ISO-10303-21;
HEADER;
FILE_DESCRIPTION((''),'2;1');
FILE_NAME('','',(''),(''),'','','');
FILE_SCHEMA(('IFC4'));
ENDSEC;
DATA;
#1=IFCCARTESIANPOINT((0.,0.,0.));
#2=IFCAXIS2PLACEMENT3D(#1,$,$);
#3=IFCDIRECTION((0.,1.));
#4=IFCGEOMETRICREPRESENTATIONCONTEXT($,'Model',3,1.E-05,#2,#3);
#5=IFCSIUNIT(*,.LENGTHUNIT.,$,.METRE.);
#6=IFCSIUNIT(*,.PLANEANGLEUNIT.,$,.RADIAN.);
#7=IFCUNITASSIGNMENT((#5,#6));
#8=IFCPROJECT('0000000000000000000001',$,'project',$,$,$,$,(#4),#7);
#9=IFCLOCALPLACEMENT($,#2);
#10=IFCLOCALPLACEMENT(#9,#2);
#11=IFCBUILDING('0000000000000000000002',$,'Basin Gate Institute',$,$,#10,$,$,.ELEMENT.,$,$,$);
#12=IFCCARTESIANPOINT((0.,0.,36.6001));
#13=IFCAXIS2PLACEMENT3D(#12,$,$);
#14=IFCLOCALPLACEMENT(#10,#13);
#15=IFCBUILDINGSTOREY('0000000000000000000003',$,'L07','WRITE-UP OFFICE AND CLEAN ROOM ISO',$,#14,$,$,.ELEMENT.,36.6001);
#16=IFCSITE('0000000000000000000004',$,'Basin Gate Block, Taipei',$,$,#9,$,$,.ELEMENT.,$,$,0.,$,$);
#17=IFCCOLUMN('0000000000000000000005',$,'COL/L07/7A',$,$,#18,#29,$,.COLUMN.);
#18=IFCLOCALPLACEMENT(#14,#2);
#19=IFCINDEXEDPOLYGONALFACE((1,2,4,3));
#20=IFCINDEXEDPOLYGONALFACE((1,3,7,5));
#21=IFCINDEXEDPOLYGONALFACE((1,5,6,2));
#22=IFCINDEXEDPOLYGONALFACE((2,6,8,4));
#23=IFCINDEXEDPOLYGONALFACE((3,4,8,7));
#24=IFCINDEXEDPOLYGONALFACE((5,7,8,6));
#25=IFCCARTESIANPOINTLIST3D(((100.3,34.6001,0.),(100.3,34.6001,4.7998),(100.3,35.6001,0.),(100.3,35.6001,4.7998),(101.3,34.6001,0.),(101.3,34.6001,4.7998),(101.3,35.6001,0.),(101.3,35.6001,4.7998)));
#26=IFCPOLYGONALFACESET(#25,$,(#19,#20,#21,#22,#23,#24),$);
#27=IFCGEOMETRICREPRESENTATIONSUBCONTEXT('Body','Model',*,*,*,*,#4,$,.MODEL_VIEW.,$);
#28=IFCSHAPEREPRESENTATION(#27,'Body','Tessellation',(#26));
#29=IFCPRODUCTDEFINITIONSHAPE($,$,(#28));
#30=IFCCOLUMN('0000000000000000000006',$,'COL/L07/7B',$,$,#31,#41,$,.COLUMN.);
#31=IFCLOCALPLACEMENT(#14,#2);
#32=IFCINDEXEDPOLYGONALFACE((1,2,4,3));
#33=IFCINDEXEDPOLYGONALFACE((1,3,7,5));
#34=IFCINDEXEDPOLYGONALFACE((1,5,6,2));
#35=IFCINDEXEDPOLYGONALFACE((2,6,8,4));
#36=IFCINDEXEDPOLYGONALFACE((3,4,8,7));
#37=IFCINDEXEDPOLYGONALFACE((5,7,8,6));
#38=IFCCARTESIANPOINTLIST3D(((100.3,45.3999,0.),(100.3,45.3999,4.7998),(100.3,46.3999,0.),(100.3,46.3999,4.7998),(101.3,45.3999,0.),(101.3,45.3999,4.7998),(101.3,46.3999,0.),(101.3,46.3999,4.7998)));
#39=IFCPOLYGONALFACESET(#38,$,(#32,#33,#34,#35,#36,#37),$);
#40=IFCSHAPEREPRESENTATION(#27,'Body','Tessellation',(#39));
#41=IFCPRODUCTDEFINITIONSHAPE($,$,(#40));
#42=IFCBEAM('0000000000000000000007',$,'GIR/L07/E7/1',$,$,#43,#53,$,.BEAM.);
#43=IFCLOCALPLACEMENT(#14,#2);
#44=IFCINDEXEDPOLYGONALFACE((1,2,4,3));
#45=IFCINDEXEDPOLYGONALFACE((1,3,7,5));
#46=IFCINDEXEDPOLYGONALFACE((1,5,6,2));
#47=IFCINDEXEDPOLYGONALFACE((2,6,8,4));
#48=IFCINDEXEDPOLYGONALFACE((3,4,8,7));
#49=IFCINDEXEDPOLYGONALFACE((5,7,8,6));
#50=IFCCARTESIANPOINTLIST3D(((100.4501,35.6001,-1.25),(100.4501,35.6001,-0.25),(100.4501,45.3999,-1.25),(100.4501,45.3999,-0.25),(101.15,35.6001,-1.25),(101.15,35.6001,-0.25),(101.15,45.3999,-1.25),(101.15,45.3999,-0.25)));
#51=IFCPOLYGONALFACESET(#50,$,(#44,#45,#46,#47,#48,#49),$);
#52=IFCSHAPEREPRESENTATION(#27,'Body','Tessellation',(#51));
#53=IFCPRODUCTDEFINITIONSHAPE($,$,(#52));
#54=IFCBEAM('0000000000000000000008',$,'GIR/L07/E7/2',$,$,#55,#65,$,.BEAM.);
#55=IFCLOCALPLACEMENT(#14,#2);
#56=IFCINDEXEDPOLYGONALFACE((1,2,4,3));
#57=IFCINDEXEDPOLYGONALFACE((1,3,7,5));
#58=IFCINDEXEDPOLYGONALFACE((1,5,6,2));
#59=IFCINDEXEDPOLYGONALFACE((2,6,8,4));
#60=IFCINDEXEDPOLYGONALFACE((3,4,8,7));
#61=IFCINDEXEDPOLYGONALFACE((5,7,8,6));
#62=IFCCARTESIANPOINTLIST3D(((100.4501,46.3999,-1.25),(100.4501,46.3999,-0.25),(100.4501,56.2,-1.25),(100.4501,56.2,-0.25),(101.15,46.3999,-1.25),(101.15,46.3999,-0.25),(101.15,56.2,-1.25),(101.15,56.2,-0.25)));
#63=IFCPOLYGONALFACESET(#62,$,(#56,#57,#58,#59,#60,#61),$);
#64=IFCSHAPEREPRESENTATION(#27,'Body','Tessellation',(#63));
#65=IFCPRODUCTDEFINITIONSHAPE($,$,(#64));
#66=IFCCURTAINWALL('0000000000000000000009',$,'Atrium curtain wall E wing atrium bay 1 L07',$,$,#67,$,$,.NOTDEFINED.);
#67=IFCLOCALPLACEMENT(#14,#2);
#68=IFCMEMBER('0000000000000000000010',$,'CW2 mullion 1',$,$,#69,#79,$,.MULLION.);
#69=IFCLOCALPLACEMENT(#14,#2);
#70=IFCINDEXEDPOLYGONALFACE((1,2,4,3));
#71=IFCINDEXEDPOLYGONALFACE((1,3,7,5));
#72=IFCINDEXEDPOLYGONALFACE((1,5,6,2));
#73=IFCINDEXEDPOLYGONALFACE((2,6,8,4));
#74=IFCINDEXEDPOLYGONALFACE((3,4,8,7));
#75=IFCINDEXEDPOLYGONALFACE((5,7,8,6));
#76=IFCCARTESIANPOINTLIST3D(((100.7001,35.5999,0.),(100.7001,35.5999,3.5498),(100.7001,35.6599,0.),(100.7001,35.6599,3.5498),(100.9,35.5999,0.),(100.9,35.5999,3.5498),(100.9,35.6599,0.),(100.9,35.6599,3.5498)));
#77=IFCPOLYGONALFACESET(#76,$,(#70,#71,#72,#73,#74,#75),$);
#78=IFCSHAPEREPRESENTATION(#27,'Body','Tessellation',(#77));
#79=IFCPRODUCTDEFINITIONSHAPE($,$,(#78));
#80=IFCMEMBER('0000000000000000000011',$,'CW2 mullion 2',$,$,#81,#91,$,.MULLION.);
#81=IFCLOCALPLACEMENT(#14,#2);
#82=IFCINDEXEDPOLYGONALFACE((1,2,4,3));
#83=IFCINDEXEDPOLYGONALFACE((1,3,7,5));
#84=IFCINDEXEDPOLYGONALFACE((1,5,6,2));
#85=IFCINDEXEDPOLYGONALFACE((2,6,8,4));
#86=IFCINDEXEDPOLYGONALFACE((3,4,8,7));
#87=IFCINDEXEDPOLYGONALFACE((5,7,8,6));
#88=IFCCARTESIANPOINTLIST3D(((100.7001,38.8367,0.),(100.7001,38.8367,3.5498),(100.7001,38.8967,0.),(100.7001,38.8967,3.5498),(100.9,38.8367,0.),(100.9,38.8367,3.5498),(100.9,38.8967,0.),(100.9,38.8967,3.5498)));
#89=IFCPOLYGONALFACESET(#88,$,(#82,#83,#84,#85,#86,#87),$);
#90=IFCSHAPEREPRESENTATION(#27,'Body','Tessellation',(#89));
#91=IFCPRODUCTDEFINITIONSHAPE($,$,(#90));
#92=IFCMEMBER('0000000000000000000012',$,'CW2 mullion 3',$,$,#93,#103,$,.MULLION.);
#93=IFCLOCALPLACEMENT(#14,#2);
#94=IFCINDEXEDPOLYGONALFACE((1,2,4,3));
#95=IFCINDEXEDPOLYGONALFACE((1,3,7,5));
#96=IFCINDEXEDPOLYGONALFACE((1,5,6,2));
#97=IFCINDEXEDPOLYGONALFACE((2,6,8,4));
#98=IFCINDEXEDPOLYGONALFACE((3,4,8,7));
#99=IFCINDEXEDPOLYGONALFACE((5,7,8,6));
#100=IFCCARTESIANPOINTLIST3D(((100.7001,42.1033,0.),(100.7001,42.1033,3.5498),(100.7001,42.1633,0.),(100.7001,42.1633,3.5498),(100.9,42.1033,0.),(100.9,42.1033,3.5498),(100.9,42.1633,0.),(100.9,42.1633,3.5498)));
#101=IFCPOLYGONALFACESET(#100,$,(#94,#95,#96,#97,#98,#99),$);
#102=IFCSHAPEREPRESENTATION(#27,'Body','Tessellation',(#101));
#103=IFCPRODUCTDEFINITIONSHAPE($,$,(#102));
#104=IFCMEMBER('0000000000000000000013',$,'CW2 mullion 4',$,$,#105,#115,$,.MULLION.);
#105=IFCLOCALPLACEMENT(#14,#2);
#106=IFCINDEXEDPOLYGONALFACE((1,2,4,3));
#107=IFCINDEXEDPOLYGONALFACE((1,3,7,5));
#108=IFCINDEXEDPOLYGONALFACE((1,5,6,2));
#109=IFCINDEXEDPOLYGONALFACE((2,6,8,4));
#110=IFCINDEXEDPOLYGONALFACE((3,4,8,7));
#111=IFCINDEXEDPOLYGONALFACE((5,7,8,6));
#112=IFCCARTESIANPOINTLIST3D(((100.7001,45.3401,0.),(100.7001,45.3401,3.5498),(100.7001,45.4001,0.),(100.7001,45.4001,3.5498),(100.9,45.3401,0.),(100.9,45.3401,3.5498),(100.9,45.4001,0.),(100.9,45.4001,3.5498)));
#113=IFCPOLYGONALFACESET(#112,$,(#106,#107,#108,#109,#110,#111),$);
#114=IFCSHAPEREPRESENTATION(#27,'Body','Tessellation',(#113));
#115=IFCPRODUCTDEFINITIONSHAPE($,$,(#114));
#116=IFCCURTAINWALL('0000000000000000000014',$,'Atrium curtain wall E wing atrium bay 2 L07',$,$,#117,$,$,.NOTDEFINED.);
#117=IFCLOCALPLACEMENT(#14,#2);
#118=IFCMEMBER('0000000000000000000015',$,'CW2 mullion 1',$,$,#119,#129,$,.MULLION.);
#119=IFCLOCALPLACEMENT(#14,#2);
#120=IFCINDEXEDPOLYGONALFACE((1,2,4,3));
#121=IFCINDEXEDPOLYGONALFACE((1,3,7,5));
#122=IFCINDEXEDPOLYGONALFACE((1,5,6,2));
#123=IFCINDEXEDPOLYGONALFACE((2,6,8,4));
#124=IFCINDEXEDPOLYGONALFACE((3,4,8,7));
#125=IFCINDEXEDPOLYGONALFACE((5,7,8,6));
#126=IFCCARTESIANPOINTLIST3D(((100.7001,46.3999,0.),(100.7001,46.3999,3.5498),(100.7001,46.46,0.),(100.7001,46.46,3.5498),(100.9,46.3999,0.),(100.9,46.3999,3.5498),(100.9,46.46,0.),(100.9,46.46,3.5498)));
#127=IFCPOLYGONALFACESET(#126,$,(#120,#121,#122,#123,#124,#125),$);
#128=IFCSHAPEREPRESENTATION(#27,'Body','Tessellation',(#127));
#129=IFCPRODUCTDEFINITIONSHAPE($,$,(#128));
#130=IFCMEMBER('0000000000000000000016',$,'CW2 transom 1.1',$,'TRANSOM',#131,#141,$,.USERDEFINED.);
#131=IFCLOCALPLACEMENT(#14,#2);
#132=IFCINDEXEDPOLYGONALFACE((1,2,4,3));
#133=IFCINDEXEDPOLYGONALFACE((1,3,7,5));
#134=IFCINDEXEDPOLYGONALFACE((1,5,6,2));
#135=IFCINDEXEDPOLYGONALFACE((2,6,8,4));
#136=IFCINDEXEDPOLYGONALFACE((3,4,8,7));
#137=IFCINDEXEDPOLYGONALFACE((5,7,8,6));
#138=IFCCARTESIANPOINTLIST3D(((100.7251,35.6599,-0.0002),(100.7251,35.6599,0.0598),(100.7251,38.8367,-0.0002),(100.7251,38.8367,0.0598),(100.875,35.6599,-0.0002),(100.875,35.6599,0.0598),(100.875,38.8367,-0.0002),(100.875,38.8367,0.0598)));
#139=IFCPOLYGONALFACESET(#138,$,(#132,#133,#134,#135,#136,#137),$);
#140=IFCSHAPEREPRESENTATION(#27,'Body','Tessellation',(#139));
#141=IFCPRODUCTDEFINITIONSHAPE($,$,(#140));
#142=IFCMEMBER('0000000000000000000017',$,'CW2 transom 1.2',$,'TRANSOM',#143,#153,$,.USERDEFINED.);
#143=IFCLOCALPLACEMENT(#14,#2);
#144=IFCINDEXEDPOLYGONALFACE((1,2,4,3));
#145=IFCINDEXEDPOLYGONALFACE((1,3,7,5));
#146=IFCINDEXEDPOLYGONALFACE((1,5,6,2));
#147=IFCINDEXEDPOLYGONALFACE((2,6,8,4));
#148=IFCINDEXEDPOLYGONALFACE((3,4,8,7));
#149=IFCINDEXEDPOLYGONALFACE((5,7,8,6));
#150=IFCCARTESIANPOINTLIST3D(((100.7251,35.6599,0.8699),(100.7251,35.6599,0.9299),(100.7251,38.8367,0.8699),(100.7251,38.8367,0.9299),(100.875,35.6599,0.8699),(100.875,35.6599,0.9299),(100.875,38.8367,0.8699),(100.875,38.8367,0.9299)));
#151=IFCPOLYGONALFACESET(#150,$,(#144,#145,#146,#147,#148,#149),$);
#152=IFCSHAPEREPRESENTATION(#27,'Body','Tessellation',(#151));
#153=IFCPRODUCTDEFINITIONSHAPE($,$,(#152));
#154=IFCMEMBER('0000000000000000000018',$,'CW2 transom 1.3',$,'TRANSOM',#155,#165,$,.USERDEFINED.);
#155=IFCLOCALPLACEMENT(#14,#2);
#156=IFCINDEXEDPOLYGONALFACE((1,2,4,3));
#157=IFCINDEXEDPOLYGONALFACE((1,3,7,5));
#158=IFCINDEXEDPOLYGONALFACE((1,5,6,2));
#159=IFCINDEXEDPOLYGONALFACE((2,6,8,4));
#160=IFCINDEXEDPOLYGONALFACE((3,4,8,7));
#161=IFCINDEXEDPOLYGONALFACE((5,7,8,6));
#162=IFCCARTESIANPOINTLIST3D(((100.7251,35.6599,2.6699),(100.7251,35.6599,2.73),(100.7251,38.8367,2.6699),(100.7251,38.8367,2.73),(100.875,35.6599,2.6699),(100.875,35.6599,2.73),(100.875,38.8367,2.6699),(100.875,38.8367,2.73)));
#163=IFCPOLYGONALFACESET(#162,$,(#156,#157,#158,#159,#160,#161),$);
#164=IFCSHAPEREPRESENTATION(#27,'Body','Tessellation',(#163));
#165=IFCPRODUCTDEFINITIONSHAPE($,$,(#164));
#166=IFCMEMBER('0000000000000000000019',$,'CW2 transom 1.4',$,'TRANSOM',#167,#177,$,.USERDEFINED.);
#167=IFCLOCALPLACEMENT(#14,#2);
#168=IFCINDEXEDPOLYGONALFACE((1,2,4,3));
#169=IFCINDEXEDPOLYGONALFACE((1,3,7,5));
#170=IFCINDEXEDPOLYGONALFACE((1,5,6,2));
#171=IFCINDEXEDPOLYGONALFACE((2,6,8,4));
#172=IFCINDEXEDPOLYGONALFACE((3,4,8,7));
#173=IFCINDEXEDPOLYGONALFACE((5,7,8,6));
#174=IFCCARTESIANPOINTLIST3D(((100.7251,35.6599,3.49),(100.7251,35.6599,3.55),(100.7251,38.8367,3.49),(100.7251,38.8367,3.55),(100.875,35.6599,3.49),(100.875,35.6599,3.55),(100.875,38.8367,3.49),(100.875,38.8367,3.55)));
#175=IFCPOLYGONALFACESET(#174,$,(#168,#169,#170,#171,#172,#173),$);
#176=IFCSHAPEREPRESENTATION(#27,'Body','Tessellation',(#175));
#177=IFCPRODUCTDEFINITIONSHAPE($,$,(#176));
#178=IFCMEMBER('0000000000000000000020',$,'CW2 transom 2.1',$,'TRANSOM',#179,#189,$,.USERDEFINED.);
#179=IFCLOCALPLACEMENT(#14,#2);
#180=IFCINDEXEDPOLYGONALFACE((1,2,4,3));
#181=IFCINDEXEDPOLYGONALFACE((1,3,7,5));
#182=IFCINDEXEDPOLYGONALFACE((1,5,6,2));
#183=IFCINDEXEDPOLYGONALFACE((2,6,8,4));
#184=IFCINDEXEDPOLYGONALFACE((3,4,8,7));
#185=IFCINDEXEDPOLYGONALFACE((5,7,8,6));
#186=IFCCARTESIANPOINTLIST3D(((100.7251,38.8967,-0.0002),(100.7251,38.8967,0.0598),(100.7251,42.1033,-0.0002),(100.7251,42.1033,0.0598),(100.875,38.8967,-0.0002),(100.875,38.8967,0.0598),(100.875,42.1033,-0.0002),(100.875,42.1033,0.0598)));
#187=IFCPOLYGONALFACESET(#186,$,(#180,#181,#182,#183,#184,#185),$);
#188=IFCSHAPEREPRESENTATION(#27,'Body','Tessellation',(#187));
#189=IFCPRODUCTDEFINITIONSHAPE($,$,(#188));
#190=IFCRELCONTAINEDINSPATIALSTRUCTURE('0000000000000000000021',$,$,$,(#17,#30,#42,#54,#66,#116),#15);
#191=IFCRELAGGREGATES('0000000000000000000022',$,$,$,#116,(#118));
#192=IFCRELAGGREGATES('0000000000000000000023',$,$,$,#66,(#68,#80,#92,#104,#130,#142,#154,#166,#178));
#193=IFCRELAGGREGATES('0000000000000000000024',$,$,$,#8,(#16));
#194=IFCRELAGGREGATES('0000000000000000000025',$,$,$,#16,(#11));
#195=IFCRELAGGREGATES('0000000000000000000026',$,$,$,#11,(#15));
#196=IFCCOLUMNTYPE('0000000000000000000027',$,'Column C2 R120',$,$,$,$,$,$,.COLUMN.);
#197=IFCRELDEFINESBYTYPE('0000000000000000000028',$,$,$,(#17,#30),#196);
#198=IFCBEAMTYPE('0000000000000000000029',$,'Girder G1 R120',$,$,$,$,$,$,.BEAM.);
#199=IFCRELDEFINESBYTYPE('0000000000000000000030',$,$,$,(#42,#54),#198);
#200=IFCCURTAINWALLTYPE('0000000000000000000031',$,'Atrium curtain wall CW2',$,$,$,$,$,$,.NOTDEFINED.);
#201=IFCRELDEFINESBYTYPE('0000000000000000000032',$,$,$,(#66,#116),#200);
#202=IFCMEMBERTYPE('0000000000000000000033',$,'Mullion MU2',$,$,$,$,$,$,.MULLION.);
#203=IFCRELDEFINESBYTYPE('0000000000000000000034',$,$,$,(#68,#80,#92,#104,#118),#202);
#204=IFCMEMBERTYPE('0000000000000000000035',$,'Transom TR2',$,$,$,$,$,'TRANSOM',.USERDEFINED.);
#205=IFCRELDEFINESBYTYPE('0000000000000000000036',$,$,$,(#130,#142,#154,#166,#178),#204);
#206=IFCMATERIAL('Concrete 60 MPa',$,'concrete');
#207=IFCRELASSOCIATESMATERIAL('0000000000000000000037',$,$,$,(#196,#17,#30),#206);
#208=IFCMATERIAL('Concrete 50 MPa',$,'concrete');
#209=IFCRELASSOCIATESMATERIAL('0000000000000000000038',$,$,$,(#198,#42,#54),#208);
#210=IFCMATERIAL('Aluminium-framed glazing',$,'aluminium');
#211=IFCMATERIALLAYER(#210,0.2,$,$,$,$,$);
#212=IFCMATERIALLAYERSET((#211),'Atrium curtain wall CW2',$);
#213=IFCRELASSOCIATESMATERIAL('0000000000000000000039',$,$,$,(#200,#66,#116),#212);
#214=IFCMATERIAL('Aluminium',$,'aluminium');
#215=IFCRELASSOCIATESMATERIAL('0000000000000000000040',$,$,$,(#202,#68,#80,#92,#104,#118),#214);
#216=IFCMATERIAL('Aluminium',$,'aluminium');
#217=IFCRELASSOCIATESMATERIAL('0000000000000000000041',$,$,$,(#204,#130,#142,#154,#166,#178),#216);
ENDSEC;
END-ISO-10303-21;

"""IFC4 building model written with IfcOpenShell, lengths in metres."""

from ifc_helpers import new_model, si_unit, direction, frame, origin, origin_2d, place, context, subcontext, project, spatial, rectangle, extrude, material, layer, layer_set, material_profile, profile_set, type_object, element, aggregate, save


model = new_model("IFC4")

# Units and contexts
model_context = context("Model", 3, precision=1e-05, world=origin(), true_north=direction((0.0, 1.0)))
body_context = subcontext(model_context, "Body", "Model", "MODEL_VIEW")
ifc_project = project(units=[si_unit("LENGTHUNIT", "METRE"), si_unit("PLANEANGLEUNIT", "RADIAN")], contexts=[model_context])

# Site, building, storey
site_placement = place(None, origin())
site = spatial("IfcSite", under=ifc_project, at=site_placement, Name="Basin Gate Block, Taipei", CompositionType="ELEMENT", RefElevation=0.0)
building_placement = place(site_placement, origin())
building = spatial("IfcBuilding", under=site, at=building_placement, Name="Basin Gate Institute", CompositionType="ELEMENT")
storey_placement = place(building_placement, frame((0.0, 0.0, 36.6001)))
storey = spatial("IfcBuildingStorey", under=building, at=storey_placement, Name="L07", Description="WRITE-UP OFFICE AND CLEAN ROOM ISO", CompositionType="ELEMENT", Elevation=36.6001)

# Columns
ifc_material_1 = material(Name="Concrete 60 MPa", Category="concrete")
ifc_material_profile_1 = material_profile(ifc_material_1, rectangle(XDim=1.0, YDim=1.0, at=origin_2d()), Name="Column C2 1000 x 1000")
ifc_profile_set_1 = profile_set([ifc_material_profile_1], Name="Concrete 60 MPa")
column_type = type_object("IfcColumnType", Name="Column C2 R120", PredefinedType="COLUMN", material=ifc_profile_set_1)
for number, where, z_axis, x_axis, name in (
    (1, (100.8, 35.1001, 0.0), (0.0, 0.0, 1.0), (1.0, 0.0, 0.0), "COL/L07/7A"),
    (2, (100.8, 45.8999, 0.0), (0.0, 0.0, 1.0), (1.0, 0.0, 0.0), "COL/L07/7B"),
):
    element("IfcColumn", number, at=place(storey_placement, frame(where, z_axis=z_axis, x_axis=x_axis)), inside=storey, type_object=column_type, material=ifc_profile_set_1, Name=name, PredefinedType="COLUMN", context=body_context, shape_type="SweptSolid", body=[
        extrude(rectangle(XDim=1.0, YDim=1.0, at=origin_2d()), origin(), (0.0, 0.0, 1.0), 4.7998),
    ])

# Beams
ifc_material_2 = material(Name="Concrete 50 MPa", Category="concrete")
ifc_material_profile_2 = material_profile(ifc_material_2, rectangle(XDim=0.7, YDim=1.0, at=origin_2d()), Name="Girder G1 700 x 1000")
ifc_profile_set_2 = profile_set([ifc_material_profile_2], Name="Concrete 50 MPa")
beam_type = type_object("IfcBeamType", Name="Girder G1 R120", PredefinedType="BEAM", material=ifc_profile_set_2)
beam_1_placement = place(storey_placement, frame((100.8, 35.6001, -0.75), z_axis=(0.0, 1.0, 0.0), x_axis=(-1.0, 0.0, 0.0)))
element("IfcBeam", 3, at=beam_1_placement, inside=storey, type_object=beam_type, material=ifc_profile_set_2, Name="GIR/L07/E7/1", PredefinedType="BEAM", context=body_context, shape_type="SweptSolid", body=[
    extrude(rectangle(XDim=0.7, YDim=1.0, at=origin_2d()), origin(), (0.0, 0.0, 1.0), 9.7998),
])
beam_2_placement = place(storey_placement, frame((100.8, 46.3999, -0.75), z_axis=(0.0, 1.0, 0.0), x_axis=(-1.0, 0.0, 0.0)))
element("IfcBeam", 4, at=beam_2_placement, inside=storey, type_object=beam_type, material=ifc_profile_set_2, Name="GIR/L07/E7/2", PredefinedType="BEAM", context=body_context, shape_type="SweptSolid", body=[
    extrude(rectangle(XDim=0.7, YDim=1.0, at=origin_2d()), origin(), (0.0, 0.0, 1.0), 9.8),
])

# Curtain wall, members
ifc_material_3 = material(Name="Aluminium-framed glazing", Category="aluminium")
ifc_layer_1 = layer(ifc_material_3, 0.2)
ifc_layer_set_1 = layer_set([ifc_layer_1], Name="Atrium curtain wall CW2")
curtain_wall_type = type_object("IfcCurtainWallType", Name="Atrium curtain wall CW2", PredefinedType="NOTDEFINED", material=ifc_layer_set_1)
curtain_wall_1_placement = place(storey_placement, origin())
curtain_wall_1 = element("IfcCurtainWall", 5, at=curtain_wall_1_placement, inside=storey, type_object=curtain_wall_type, material=ifc_layer_set_1, Name="Atrium curtain wall E wing atrium bay 1 L07", PredefinedType="NOTDEFINED")
ifc_material_4 = material(Name="Aluminium", Category="aluminium")
ifc_material_profile_3 = material_profile(ifc_material_4, rectangle(XDim=0.2, YDim=0.0601, at=origin_2d()), Name="Mullion MU2 200 x 60")
ifc_profile_set_3 = profile_set([ifc_material_profile_3], Name="Aluminium")
member_type_1 = type_object("IfcMemberType", Name="Mullion MU2", PredefinedType="MULLION", material=ifc_profile_set_3)
member_1_placement = place(storey_placement, frame((100.8, 35.6299, 0.0), z_axis=(0.0, 0.0, 1.0), x_axis=(-1.0, 0.0, 0.0)))
member_1 = element("IfcMember", 6, at=member_1_placement, type_object=member_type_1, material=ifc_profile_set_3, Name="CW2 mullion 1", PredefinedType="MULLION", context=body_context, shape_type="SweptSolid", body=[
    extrude(rectangle(XDim=0.2, YDim=0.0601, at=origin_2d()), origin(), (0.0, 0.0, 1.0), 3.5498),
])
member_2_placement = place(storey_placement, frame((100.8, 38.8667, 0.0), z_axis=(0.0, 0.0, 1.0), x_axis=(-1.0, 0.0, 0.0)))
member_2 = element("IfcMember", 7, at=member_2_placement, type_object=member_type_1, material=ifc_profile_set_3, Name="CW2 mullion 2", PredefinedType="MULLION", context=body_context, shape_type="SweptSolid", body=[
    extrude(rectangle(XDim=0.2, YDim=0.0601, at=origin_2d()), origin(), (0.0, 0.0, 1.0), 3.5498),
])
member_3_placement = place(storey_placement, frame((100.8, 42.1333, 0.0), z_axis=(0.0, 0.0, 1.0), x_axis=(-1.0, 0.0, 0.0)))
member_3 = element("IfcMember", 8, at=member_3_placement, type_object=member_type_1, material=ifc_profile_set_3, Name="CW2 mullion 3", PredefinedType="MULLION", context=body_context, shape_type="SweptSolid", body=[
    extrude(rectangle(XDim=0.2, YDim=0.0601, at=origin_2d()), origin(), (0.0, 0.0, 1.0), 3.5498),
])
member_4_placement = place(storey_placement, frame((100.8, 45.3701, 0.0), z_axis=(0.0, 0.0, 1.0), x_axis=(-1.0, 0.0, 0.0)))
member_4 = element("IfcMember", 9, at=member_4_placement, type_object=member_type_1, material=ifc_profile_set_3, Name="CW2 mullion 4", PredefinedType="MULLION", context=body_context, shape_type="SweptSolid", body=[
    extrude(rectangle(XDim=0.2, YDim=0.0601, at=origin_2d()), origin(), (0.0, 0.0, 1.0), 3.5498),
])

# Curtain wall, member
curtain_wall_2_placement = place(storey_placement, origin())
curtain_wall_2 = element("IfcCurtainWall", 10, at=curtain_wall_2_placement, inside=storey, type_object=curtain_wall_type, material=ifc_layer_set_1, Name="Atrium curtain wall E wing atrium bay 2 L07", PredefinedType="NOTDEFINED")
member_5_placement = place(storey_placement, frame((100.8, 46.4299, 0.0), z_axis=(0.0, 0.0, 1.0), x_axis=(-1.0, 0.0, 0.0)))
member_5 = element("IfcMember", 11, at=member_5_placement, type_object=member_type_1, material=ifc_profile_set_3, Name="CW2 mullion 1", PredefinedType="MULLION", context=body_context, shape_type="SweptSolid", body=[
    extrude(rectangle(XDim=0.2, YDim=0.0601, at=origin_2d()), origin(), (0.0, 0.0, 1.0), 3.5498),
])

# Members
ifc_material_5 = material(Name="Aluminium", Category="aluminium")
ifc_material_profile_4 = material_profile(ifc_material_5, rectangle(XDim=0.1499, YDim=0.0601, at=origin_2d()), Name="Transom TR2 150 x 60")
ifc_profile_set_4 = profile_set([ifc_material_profile_4], Name="Aluminium")
member_type_2 = type_object("IfcMemberType", Name="Transom TR2", ElementType="TRANSOM", PredefinedType="USERDEFINED", material=ifc_profile_set_4)
member_6_placement = place(storey_placement, frame((100.8, 35.6599, 0.0298), z_axis=(0.0, 1.0, 0.0), x_axis=(-1.0, 0.0, 0.0)))
member_6 = element("IfcMember", 12, at=member_6_placement, type_object=member_type_2, material=ifc_profile_set_4, Name="CW2 transom 1.1", ObjectType="TRANSOM", PredefinedType="USERDEFINED", context=body_context, shape_type="SweptSolid", body=[
    extrude(rectangle(XDim=0.1499, YDim=0.0601, at=origin_2d()), origin(), (0.0, 0.0, 1.0), 3.1768),
])
member_7_placement = place(storey_placement, frame((100.8, 35.6599, 0.8999), z_axis=(0.0, 1.0, 0.0), x_axis=(-1.0, 0.0, 0.0)))
member_7 = element("IfcMember", 13, at=member_7_placement, type_object=member_type_2, material=ifc_profile_set_4, Name="CW2 transom 1.2", ObjectType="TRANSOM", PredefinedType="USERDEFINED", context=body_context, shape_type="SweptSolid", body=[
    extrude(rectangle(XDim=0.1499, YDim=0.0601, at=origin_2d()), origin(), (0.0, 0.0, 1.0), 3.1768),
])
member_8_placement = place(storey_placement, frame((100.8, 35.6599, 2.7), z_axis=(0.0, 1.0, 0.0), x_axis=(-1.0, 0.0, 0.0)))
member_8 = element("IfcMember", 14, at=member_8_placement, type_object=member_type_2, material=ifc_profile_set_4, Name="CW2 transom 1.3", ObjectType="TRANSOM", PredefinedType="USERDEFINED", context=body_context, shape_type="SweptSolid", body=[
    extrude(rectangle(XDim=0.1499, YDim=0.0601, at=origin_2d()), origin(), (0.0, 0.0, 1.0), 3.1768),
])
member_9_placement = place(storey_placement, frame((100.8, 35.6599, 3.52), z_axis=(0.0, 1.0, 0.0), x_axis=(-1.0, 0.0, 0.0)))
member_9 = element("IfcMember", 15, at=member_9_placement, type_object=member_type_2, material=ifc_profile_set_4, Name="CW2 transom 1.4", ObjectType="TRANSOM", PredefinedType="USERDEFINED", context=body_context, shape_type="SweptSolid", body=[
    extrude(rectangle(XDim=0.1499, YDim=0.0601, at=origin_2d()), origin(), (0.0, 0.0, 1.0), 3.1768),
])
member_10_placement = place(storey_placement, frame((100.8, 38.8967, 0.0298), z_axis=(0.0, 1.0, 0.0), x_axis=(-1.0, 0.0, 0.0)))
member_10 = element("IfcMember", 16, at=member_10_placement, type_object=member_type_2, material=ifc_profile_set_4, Name="CW2 transom 2.1", ObjectType="TRANSOM", PredefinedType="USERDEFINED", context=body_context, shape_type="SweptSolid", body=[
    extrude(rectangle(XDim=0.1499, YDim=0.0601, at=origin_2d()), origin(), (0.0, 0.0, 1.0), 3.2065),
])
aggregate(curtain_wall_2, [member_5])

aggregate(curtain_wall_1, [member_1, member_2, member_3, member_4, member_6, member_7, member_8, member_9, member_10])

save(model, "model.ifc")
